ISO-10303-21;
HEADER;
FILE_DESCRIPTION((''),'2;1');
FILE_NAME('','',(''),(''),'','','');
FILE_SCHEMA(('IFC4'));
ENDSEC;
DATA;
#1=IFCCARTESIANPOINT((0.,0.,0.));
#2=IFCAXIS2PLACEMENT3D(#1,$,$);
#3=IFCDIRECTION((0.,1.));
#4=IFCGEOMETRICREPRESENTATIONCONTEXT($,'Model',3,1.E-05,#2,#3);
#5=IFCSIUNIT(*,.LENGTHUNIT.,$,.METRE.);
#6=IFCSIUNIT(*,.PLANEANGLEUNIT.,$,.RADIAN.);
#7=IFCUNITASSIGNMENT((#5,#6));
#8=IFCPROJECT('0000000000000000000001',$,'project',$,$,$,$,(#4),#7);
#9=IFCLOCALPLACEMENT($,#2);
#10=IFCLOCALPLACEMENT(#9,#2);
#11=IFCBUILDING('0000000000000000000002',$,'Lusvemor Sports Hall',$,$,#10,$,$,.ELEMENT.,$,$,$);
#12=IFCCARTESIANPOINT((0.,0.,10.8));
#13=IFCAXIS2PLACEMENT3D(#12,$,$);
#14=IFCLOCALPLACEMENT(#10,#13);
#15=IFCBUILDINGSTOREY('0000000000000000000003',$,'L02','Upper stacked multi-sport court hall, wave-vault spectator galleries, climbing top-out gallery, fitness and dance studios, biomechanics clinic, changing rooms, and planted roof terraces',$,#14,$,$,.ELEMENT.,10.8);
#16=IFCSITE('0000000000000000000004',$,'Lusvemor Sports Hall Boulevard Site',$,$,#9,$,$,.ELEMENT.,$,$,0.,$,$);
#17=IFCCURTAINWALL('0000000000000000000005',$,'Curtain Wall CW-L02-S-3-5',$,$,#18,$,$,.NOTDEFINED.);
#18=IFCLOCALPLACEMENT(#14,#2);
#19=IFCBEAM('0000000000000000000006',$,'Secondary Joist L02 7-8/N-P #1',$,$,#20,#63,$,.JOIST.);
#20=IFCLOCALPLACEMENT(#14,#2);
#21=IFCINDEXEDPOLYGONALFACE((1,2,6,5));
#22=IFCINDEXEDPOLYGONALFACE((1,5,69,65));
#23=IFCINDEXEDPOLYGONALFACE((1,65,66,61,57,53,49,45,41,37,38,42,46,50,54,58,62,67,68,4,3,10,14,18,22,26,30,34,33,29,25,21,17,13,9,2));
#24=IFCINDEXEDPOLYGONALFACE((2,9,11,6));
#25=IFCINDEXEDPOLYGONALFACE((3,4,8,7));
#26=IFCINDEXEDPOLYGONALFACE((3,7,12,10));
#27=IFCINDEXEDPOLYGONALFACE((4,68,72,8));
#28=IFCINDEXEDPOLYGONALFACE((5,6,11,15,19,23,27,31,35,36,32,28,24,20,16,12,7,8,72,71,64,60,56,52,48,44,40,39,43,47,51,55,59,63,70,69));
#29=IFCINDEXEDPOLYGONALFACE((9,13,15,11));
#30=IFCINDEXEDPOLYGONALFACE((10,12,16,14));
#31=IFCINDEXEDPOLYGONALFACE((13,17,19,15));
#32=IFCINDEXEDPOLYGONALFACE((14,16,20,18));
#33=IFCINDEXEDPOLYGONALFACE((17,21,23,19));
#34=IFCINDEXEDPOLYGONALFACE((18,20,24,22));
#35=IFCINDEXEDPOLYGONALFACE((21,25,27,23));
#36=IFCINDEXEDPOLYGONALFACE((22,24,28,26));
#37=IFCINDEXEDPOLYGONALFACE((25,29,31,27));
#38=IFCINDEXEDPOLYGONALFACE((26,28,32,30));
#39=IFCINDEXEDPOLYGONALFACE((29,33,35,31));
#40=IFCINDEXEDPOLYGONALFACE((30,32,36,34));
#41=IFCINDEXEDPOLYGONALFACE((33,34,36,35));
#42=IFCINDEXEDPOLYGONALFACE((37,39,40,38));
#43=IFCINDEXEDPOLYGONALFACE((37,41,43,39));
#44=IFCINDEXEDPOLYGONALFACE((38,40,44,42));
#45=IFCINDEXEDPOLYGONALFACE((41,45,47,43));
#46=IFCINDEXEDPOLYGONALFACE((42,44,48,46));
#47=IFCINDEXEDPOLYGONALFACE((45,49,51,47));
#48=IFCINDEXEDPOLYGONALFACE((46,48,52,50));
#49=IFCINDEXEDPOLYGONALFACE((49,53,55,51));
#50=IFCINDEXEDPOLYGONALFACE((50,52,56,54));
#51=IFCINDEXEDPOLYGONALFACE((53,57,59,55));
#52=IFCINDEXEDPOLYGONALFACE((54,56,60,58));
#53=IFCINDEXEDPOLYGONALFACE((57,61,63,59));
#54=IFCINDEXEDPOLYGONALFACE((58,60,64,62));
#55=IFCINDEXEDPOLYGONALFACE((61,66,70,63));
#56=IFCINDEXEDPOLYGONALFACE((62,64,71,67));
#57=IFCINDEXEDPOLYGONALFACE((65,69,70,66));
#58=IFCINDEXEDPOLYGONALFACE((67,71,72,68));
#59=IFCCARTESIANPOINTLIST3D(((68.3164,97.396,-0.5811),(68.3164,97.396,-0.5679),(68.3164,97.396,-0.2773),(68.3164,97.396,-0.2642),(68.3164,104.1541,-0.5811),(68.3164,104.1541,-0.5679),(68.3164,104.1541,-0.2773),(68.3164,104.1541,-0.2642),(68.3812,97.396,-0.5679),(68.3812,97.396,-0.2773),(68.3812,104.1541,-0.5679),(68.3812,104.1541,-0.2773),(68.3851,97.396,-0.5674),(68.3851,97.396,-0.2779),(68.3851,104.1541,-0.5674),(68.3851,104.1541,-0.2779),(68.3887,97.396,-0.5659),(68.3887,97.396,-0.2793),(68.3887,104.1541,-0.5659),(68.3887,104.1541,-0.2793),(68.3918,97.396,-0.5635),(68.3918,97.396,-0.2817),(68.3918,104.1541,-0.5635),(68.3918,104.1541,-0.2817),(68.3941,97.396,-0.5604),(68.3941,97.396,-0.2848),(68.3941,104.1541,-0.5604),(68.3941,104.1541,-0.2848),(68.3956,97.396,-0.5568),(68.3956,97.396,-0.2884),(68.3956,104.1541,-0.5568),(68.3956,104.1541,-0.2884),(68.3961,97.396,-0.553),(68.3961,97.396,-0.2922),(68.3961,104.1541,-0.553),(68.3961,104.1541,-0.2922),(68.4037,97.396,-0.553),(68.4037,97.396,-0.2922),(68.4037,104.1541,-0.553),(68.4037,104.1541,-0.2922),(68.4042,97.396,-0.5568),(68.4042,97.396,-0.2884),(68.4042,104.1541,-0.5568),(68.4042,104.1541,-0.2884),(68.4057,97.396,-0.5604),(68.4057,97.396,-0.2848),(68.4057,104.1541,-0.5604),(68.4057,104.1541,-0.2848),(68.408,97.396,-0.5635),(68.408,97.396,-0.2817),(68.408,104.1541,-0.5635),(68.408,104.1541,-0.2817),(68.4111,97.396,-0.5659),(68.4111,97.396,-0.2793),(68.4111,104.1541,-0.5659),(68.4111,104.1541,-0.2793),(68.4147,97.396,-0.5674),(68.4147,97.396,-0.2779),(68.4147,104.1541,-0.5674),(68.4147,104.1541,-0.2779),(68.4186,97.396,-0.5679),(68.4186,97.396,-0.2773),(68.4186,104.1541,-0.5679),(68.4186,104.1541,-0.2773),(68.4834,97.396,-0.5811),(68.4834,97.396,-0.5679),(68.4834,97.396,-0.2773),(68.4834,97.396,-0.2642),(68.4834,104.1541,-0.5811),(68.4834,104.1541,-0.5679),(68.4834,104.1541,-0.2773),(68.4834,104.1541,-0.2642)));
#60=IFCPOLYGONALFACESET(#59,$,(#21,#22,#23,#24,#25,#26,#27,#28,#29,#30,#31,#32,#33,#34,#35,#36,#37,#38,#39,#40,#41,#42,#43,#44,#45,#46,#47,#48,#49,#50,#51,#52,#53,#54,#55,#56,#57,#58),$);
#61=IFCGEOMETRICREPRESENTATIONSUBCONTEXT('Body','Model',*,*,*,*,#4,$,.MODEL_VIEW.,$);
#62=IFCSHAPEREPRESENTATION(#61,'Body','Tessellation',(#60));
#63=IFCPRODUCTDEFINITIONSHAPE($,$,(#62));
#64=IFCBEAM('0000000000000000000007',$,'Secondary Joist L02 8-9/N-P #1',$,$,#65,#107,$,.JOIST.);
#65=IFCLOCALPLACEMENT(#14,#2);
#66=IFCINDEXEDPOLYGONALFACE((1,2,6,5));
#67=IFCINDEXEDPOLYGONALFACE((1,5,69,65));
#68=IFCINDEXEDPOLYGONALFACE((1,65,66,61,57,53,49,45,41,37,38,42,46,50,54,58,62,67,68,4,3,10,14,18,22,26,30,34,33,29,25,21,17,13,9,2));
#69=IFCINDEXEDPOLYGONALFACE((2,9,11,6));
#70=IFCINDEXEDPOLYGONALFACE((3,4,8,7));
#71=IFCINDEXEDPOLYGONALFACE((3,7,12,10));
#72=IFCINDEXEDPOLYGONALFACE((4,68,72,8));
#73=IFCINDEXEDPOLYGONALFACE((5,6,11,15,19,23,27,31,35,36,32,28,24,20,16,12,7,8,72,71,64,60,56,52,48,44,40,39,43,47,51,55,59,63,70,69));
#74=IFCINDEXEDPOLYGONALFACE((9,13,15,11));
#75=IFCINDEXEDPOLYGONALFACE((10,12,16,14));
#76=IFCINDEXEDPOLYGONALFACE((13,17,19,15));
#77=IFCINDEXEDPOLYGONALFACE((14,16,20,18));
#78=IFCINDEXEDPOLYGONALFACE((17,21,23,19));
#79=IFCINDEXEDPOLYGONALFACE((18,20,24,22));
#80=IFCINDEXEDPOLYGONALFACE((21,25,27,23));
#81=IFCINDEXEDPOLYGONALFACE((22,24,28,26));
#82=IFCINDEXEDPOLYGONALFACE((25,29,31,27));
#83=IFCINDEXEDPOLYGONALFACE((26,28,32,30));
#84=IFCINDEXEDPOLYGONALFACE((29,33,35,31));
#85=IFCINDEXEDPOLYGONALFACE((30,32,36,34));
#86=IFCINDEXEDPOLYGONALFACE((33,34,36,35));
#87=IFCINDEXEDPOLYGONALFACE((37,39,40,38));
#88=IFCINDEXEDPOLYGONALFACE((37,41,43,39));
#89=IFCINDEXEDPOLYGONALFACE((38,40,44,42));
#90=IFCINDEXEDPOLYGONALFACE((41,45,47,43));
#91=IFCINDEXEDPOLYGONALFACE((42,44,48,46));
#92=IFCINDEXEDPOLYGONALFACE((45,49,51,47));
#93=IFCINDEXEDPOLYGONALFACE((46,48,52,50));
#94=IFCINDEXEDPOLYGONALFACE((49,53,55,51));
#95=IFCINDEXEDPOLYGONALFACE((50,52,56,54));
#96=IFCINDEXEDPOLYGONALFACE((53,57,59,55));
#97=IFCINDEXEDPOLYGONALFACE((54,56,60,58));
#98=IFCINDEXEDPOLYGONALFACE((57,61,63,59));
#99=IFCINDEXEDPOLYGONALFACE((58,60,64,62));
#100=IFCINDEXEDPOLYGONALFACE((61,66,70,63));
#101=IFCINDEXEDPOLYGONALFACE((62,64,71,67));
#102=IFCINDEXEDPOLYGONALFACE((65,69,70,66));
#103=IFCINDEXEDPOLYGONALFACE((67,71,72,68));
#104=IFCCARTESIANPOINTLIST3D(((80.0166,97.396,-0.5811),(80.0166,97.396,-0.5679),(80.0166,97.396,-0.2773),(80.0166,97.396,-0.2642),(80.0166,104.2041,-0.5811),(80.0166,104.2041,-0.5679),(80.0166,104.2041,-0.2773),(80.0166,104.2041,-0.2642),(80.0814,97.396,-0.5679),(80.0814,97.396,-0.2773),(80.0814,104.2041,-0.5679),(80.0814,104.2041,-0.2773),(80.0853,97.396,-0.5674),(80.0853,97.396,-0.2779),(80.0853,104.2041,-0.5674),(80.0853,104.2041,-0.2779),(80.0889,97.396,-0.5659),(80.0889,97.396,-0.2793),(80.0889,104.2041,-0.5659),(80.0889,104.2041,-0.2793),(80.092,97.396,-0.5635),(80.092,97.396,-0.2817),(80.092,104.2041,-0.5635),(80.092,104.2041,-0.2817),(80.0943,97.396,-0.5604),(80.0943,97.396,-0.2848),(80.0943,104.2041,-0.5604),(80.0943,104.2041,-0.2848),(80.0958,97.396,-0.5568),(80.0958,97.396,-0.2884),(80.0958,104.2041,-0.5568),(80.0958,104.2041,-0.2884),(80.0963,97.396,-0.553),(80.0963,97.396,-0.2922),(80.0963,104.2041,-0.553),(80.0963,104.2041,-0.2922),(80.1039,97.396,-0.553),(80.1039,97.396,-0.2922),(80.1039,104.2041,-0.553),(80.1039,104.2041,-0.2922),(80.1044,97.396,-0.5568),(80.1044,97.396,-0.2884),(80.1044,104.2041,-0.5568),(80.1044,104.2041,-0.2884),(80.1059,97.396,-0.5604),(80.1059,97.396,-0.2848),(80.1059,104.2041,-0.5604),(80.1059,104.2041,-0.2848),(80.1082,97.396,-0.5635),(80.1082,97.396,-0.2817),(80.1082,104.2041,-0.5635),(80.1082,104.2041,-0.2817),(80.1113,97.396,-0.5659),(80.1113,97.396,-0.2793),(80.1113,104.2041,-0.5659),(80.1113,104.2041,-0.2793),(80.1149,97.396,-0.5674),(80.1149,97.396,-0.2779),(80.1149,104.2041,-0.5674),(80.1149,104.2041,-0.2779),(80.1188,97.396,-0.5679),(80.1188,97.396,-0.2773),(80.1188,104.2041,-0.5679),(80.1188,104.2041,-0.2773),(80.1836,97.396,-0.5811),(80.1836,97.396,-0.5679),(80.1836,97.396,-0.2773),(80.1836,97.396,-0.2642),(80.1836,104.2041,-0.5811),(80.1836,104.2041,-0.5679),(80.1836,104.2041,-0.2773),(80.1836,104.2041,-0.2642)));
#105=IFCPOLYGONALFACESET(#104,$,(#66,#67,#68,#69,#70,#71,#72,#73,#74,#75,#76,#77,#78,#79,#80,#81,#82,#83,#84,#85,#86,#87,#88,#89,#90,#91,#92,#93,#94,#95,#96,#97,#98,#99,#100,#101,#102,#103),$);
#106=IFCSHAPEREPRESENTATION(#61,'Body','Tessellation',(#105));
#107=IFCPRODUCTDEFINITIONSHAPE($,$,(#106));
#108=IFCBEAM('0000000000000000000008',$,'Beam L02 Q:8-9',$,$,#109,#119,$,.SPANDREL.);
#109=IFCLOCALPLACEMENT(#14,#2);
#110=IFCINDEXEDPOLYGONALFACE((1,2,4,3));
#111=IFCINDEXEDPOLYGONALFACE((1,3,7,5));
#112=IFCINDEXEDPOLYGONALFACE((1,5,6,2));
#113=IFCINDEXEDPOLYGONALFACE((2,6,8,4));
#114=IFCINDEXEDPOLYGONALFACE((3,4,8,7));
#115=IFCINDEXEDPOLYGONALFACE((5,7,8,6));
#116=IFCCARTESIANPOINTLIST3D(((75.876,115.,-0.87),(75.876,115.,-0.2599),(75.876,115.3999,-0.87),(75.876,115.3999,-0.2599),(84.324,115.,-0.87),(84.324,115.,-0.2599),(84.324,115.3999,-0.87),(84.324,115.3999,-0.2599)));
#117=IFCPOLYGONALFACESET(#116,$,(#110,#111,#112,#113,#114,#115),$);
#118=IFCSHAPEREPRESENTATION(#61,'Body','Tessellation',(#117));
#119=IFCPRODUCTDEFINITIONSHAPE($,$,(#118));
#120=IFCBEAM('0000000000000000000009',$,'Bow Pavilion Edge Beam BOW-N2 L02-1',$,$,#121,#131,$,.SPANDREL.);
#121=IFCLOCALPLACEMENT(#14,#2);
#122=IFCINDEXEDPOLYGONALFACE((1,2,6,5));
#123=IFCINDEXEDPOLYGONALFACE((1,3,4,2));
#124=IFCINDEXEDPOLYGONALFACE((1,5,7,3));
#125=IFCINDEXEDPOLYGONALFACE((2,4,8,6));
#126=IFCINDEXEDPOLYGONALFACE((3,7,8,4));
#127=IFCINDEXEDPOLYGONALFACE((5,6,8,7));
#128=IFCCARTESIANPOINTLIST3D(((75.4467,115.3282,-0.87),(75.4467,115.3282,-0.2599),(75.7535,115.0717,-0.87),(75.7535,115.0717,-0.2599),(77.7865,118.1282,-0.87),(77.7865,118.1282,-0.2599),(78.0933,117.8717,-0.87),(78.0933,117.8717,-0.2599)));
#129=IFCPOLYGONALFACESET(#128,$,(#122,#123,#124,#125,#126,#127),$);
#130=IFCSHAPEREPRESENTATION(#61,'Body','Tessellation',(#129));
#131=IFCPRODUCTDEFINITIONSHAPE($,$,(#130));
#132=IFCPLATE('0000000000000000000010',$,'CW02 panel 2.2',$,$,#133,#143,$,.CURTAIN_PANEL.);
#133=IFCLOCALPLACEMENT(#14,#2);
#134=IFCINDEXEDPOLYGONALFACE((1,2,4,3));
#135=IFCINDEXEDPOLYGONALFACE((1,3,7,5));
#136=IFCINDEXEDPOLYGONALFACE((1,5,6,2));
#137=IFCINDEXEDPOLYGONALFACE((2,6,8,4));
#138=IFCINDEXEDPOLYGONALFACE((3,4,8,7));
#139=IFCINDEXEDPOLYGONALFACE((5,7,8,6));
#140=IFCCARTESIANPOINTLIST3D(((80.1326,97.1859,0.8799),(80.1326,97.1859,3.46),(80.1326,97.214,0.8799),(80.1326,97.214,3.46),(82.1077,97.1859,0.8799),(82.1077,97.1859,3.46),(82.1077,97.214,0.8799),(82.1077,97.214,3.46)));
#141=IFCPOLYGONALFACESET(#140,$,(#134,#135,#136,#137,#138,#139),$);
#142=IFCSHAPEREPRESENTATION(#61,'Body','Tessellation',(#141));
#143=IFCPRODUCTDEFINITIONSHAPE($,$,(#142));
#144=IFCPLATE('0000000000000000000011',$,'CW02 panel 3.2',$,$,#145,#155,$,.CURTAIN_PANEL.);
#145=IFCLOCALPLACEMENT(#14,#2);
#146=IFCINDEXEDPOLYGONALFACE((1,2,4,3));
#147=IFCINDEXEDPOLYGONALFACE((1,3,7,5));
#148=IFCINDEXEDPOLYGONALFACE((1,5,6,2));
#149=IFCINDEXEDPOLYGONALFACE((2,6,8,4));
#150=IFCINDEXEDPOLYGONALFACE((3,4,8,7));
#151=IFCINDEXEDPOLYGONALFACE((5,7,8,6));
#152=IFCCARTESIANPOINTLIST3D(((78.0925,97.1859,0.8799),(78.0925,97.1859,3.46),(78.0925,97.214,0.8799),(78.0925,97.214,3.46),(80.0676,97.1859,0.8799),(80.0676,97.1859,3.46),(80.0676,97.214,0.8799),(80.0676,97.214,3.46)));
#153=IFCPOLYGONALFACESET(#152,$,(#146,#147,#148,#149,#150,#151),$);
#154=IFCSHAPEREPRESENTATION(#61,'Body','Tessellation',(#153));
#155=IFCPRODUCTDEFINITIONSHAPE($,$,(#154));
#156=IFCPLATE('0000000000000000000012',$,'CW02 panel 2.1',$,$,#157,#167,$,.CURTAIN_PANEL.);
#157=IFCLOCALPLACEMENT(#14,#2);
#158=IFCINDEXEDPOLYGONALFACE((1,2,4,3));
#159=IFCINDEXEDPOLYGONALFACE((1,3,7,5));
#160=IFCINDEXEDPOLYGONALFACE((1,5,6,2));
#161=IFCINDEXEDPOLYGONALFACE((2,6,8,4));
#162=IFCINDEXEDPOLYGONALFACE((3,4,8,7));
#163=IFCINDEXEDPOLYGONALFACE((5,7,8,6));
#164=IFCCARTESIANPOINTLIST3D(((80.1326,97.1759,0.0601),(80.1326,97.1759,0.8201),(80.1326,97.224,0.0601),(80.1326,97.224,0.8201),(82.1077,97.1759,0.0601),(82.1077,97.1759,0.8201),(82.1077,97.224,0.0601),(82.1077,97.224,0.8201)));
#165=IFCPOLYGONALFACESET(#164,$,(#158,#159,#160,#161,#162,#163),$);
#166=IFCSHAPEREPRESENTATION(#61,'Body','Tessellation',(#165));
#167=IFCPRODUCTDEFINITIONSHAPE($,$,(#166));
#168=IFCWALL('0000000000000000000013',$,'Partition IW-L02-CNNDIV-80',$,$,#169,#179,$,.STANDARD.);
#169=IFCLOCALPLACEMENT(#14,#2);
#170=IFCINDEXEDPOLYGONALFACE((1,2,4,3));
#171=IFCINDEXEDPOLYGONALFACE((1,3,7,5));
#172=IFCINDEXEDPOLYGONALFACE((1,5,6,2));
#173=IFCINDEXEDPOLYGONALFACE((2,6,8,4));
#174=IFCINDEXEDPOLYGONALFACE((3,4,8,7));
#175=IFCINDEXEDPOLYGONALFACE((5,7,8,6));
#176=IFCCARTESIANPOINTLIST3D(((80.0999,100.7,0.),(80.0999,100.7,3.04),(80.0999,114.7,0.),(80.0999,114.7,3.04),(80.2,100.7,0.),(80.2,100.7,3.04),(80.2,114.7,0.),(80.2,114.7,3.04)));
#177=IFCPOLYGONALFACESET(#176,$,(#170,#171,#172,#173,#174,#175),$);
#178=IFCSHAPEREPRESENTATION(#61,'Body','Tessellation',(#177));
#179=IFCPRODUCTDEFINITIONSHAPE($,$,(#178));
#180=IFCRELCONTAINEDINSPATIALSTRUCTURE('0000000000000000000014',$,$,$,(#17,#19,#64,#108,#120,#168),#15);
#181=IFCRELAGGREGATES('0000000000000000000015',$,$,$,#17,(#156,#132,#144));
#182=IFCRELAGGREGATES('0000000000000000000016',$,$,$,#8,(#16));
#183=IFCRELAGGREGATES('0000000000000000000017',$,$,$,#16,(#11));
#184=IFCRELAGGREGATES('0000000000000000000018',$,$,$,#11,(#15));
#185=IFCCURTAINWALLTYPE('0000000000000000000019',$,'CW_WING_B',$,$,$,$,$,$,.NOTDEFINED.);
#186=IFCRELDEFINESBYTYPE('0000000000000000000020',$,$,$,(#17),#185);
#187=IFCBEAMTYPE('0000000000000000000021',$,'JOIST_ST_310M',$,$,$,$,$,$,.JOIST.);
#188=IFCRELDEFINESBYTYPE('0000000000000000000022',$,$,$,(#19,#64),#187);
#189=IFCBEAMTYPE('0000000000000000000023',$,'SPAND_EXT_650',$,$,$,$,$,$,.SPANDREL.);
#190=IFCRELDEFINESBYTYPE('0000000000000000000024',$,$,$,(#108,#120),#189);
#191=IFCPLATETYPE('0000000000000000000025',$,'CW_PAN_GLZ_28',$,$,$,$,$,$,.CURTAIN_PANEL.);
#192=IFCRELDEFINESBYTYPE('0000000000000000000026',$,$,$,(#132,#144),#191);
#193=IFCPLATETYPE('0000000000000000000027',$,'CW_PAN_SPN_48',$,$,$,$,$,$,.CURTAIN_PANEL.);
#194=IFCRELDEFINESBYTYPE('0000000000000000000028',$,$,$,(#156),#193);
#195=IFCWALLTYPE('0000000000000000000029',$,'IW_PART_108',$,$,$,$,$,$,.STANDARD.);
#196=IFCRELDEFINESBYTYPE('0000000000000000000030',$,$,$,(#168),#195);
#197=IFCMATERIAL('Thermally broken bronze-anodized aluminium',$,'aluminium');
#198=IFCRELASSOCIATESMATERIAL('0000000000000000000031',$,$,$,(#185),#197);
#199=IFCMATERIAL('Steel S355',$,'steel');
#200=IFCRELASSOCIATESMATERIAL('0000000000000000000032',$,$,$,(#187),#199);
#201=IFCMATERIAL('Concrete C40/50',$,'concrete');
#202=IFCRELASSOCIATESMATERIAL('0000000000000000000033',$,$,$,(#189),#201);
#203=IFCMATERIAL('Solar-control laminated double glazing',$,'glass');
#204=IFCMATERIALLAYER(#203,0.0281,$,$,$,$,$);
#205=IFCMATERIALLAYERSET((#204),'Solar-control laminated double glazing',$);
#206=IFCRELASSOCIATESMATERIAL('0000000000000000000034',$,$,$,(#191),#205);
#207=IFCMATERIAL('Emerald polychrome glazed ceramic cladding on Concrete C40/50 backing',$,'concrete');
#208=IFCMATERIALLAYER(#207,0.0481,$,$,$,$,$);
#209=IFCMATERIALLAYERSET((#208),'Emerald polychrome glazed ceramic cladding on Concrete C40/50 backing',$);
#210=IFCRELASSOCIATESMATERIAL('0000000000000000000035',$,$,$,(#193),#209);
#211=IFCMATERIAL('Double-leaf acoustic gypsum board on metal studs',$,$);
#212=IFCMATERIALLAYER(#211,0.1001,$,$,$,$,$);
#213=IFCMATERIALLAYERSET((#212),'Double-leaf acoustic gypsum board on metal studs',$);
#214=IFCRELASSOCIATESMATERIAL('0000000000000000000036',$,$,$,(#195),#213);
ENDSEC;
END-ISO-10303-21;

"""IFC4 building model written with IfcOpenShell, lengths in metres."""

from ifc_helpers import new_model, si_unit, direction, frame, frame_2d, origin, origin_2d, place, context, subcontext, project, spatial, rectangle, i_section, extrude, material, layer, layer_set, material_profile, profile_set, type_object, element, aggregate, save


model = new_model("IFC4")

# Units and contexts
model_context = context("Model", 3, precision=1e-05, world=origin(), true_north=direction((0.0, 1.0)))
body_context = subcontext(model_context, "Body", "Model", "MODEL_VIEW")
ifc_project = project(units=[si_unit("LENGTHUNIT", "METRE"), si_unit("PLANEANGLEUNIT", "RADIAN")], contexts=[model_context])

# Site, building, storey
site_placement = place(None, origin())
site = spatial("IfcSite", under=ifc_project, at=site_placement, Name="Lusvemor Sports Hall Boulevard Site", CompositionType="ELEMENT", RefElevation=0.0)
building_placement = place(site_placement, origin())
building = spatial("IfcBuilding", under=site, at=building_placement, Name="Lusvemor Sports Hall", CompositionType="ELEMENT")
storey_placement = place(building_placement, frame((0.0, 0.0, 10.8)))
storey = spatial("IfcBuildingStorey", under=building, at=storey_placement, Name="L02", Description="Upper stacked multi-sport court hall, wave-vault spectator galleries, climbing top-out gallery, fitness and dance studios, biomechanics clinic, changing rooms, and planted roof terraces", CompositionType="ELEMENT", Elevation=10.8)

# Shared definitions
ifc_material_1 = material(Name="Thermally broken bronze-anodized aluminium", Category="aluminium")
curtain_wall_type = type_object("IfcCurtainWallType", Name="CW_WING_B", PredefinedType="NOTDEFINED", material=ifc_material_1)

# Curtain wall
curtain_wall_1_placement = place(storey_placement, origin())
curtain_wall_1 = element("IfcCurtainWall", 1, at=curtain_wall_1_placement, inside=storey, type_object=curtain_wall_type, Name="Curtain Wall CW-L02-S-3-5", PredefinedType="NOTDEFINED")

# Beams
ifc_material_2 = material(Name="Steel S355", Category="steel")
ifc_material_profile_1 = material_profile(ifc_material_2, i_section(OverallWidth=0.167, OverallDepth=0.3169, WebThickness=0.0076, FlangeThickness=0.0132, FilletRadius=0.0149, at=origin_2d()), Name="W310x52.0")
ifc_profile_set_1 = profile_set([ifc_material_profile_1], Name="Steel S355")
beam_type_1 = type_object("IfcBeamType", Name="JOIST_ST_310M", PredefinedType="JOIST", material=ifc_profile_set_1)
beam_1_placement = place(storey_placement, frame((68.3999, 97.396, -0.4226), z_axis=(0.0, 1.0, 0.0), x_axis=(-1.0, 0.0, 0.0)))
element("IfcBeam", 2, at=beam_1_placement, inside=storey, type_object=beam_type_1, Name="Secondary Joist L02 7-8/N-P #1", PredefinedType="JOIST", context=body_context, shape_type="SweptSolid", body=[
    extrude(i_section(OverallWidth=0.167, OverallDepth=0.3169, WebThickness=0.0076, FlangeThickness=0.0132, FilletRadius=0.0149, at=origin_2d()), origin(), (0.0, 0.0, 1.0), 6.7581),
])
beam_2_placement = place(storey_placement, frame((80.1001, 97.396, -0.4226), z_axis=(0.0, 1.0, 0.0), x_axis=(-1.0, 0.0, 0.0)))
element("IfcBeam", 3, at=beam_2_placement, inside=storey, type_object=beam_type_1, Name="Secondary Joist L02 8-9/N-P #1", PredefinedType="JOIST", context=body_context, shape_type="SweptSolid", body=[
    extrude(i_section(OverallWidth=0.167, OverallDepth=0.3169, WebThickness=0.0076, FlangeThickness=0.0132, FilletRadius=0.0149, at=origin_2d()), origin(), (0.0, 0.0, 1.0), 6.8081),
])
ifc_material_3 = material(Name="Concrete C40/50", Category="concrete")
ifc_material_profile_2 = material_profile(ifc_material_3, rectangle(XDim=0.3999, YDim=0.6101, at=origin_2d()), Name="RC400x610")
ifc_profile_set_2 = profile_set([ifc_material_profile_2], Name="Concrete C40/50")
beam_type_2 = type_object("IfcBeamType", Name="SPAND_EXT_650", PredefinedType="SPANDREL", material=ifc_profile_set_2)
beam_3_placement = place(storey_placement, frame((75.876, 115.2, -0.5649), z_axis=(1.0, 0.0, 0.0), x_axis=(0.0, 1.0, 0.0)))
element("IfcBeam", 4, at=beam_3_placement, inside=storey, type_object=beam_type_2, Name="Beam L02 Q:8-9", PredefinedType="SPANDREL", context=body_context, shape_type="SweptSolid", body=[
    extrude(rectangle(XDim=0.3999, YDim=0.6101, at=origin_2d()), origin(), (0.0, 0.0, 1.0), 8.448),
])
beam_4_placement = place(storey_placement, frame((75.6001, 115.2, -0.5649), z_axis=(0.64123, 0.767349, 0.0), x_axis=(-0.767349, 0.64123, 0.0)))
element("IfcBeam", 5, at=beam_4_placement, inside=storey, type_object=beam_type_2, Name="Bow Pavilion Edge Beam BOW-N2 L02-1", PredefinedType="SPANDREL", context=body_context, shape_type="SweptSolid", body=[
    extrude(rectangle(XDim=0.3999, YDim=0.6101, at=origin_2d()), origin(), (0.0, 0.0, 1.0), 3.6489),
])

# Plates
ifc_material_4 = material(Name="Solar-control laminated double glazing", Category="glass")
ifc_layer_1 = layer(ifc_material_4, 0.0281)
ifc_layer_set_1 = layer_set([ifc_layer_1], Name="Solar-control laminated double glazing")
plate_type_1 = type_object("IfcPlateType", Name="CW_PAN_GLZ_28", PredefinedType="CURTAIN_PANEL", material=ifc_layer_set_1)
plate_1_placement = place(storey_placement, frame((81.1201, 97.2, 0.8799), z_axis=(0.0, 0.0, 1.0), x_axis=(-1.0, 0.0, 0.0)))
plate_1 = element("IfcPlate", 6, at=plate_1_placement, type_object=plate_type_1, Name="CW02 panel 2.2", PredefinedType="CURTAIN_PANEL", context=body_context, shape_type="SweptSolid", body=[
    extrude(rectangle(XDim=1.9751, YDim=0.0281, at=origin_2d()), origin(), (0.0, 0.0, 1.0), 2.5801),
])
plate_2_placement = place(storey_placement, frame((79.0801, 97.2, 0.8799), z_axis=(0.0, 0.0, 1.0), x_axis=(-1.0, 0.0, 0.0)))
plate_2 = element("IfcPlate", 7, at=plate_2_placement, type_object=plate_type_1, Name="CW02 panel 3.2", PredefinedType="CURTAIN_PANEL", context=body_context, shape_type="SweptSolid", body=[
    extrude(rectangle(XDim=1.9751, YDim=0.0281, at=origin_2d()), origin(), (0.0, 0.0, 1.0), 2.5801),
])
ifc_material_5 = material(Name="Emerald polychrome glazed ceramic cladding on Concrete C40/50 backing", Category="concrete")
ifc_layer_2 = layer(ifc_material_5, 0.0481)
ifc_layer_set_2 = layer_set([ifc_layer_2], Name="Emerald polychrome glazed ceramic cladding on Concrete C40/50 backing")
plate_type_2 = type_object("IfcPlateType", Name="CW_PAN_SPN_48", PredefinedType="CURTAIN_PANEL", material=ifc_layer_set_2)
plate_3_placement = place(storey_placement, frame((81.1201, 97.2, 0.0601), z_axis=(0.0, 0.0, 1.0), x_axis=(-1.0, 0.0, 0.0)))
plate_3 = element("IfcPlate", 8, at=plate_3_placement, type_object=plate_type_2, Name="CW02 panel 2.1", PredefinedType="CURTAIN_PANEL", context=body_context, shape_type="SweptSolid", body=[
    extrude(rectangle(XDim=1.9751, YDim=0.0481, at=origin_2d()), origin(), (0.0, 0.0, 1.0), 0.76),
])
aggregate(curtain_wall_1, [plate_3, plate_1, plate_2])

# Wall
ifc_material_6 = material(Name="Double-leaf acoustic gypsum board on metal studs")
ifc_layer_3 = layer(ifc_material_6, 0.1001)
ifc_layer_set_3 = layer_set([ifc_layer_3], Name="Double-leaf acoustic gypsum board on metal studs")
wall_type = type_object("IfcWallType", Name="IW_PART_108", PredefinedType="STANDARD", material=ifc_layer_set_3)
wall_placement = place(storey_placement, frame((80.1499, 100.7, 0.0), z_axis=(0.0, 0.0, 1.0), x_axis=(0.0, 1.0, 0.0)))
element("IfcWall", 9, at=wall_placement, inside=storey, type_object=wall_type, Name="Partition IW-L02-CNNDIV-80", PredefinedType="STANDARD", context=body_context, shape_type="SweptSolid", body=[
    extrude(rectangle(XDim=14.0, YDim=0.1001, at=frame_2d((7.0, 0.0))), origin(), (0.0, 0.0, 1.0), 3.04),
])

save(model, "model.ifc")
